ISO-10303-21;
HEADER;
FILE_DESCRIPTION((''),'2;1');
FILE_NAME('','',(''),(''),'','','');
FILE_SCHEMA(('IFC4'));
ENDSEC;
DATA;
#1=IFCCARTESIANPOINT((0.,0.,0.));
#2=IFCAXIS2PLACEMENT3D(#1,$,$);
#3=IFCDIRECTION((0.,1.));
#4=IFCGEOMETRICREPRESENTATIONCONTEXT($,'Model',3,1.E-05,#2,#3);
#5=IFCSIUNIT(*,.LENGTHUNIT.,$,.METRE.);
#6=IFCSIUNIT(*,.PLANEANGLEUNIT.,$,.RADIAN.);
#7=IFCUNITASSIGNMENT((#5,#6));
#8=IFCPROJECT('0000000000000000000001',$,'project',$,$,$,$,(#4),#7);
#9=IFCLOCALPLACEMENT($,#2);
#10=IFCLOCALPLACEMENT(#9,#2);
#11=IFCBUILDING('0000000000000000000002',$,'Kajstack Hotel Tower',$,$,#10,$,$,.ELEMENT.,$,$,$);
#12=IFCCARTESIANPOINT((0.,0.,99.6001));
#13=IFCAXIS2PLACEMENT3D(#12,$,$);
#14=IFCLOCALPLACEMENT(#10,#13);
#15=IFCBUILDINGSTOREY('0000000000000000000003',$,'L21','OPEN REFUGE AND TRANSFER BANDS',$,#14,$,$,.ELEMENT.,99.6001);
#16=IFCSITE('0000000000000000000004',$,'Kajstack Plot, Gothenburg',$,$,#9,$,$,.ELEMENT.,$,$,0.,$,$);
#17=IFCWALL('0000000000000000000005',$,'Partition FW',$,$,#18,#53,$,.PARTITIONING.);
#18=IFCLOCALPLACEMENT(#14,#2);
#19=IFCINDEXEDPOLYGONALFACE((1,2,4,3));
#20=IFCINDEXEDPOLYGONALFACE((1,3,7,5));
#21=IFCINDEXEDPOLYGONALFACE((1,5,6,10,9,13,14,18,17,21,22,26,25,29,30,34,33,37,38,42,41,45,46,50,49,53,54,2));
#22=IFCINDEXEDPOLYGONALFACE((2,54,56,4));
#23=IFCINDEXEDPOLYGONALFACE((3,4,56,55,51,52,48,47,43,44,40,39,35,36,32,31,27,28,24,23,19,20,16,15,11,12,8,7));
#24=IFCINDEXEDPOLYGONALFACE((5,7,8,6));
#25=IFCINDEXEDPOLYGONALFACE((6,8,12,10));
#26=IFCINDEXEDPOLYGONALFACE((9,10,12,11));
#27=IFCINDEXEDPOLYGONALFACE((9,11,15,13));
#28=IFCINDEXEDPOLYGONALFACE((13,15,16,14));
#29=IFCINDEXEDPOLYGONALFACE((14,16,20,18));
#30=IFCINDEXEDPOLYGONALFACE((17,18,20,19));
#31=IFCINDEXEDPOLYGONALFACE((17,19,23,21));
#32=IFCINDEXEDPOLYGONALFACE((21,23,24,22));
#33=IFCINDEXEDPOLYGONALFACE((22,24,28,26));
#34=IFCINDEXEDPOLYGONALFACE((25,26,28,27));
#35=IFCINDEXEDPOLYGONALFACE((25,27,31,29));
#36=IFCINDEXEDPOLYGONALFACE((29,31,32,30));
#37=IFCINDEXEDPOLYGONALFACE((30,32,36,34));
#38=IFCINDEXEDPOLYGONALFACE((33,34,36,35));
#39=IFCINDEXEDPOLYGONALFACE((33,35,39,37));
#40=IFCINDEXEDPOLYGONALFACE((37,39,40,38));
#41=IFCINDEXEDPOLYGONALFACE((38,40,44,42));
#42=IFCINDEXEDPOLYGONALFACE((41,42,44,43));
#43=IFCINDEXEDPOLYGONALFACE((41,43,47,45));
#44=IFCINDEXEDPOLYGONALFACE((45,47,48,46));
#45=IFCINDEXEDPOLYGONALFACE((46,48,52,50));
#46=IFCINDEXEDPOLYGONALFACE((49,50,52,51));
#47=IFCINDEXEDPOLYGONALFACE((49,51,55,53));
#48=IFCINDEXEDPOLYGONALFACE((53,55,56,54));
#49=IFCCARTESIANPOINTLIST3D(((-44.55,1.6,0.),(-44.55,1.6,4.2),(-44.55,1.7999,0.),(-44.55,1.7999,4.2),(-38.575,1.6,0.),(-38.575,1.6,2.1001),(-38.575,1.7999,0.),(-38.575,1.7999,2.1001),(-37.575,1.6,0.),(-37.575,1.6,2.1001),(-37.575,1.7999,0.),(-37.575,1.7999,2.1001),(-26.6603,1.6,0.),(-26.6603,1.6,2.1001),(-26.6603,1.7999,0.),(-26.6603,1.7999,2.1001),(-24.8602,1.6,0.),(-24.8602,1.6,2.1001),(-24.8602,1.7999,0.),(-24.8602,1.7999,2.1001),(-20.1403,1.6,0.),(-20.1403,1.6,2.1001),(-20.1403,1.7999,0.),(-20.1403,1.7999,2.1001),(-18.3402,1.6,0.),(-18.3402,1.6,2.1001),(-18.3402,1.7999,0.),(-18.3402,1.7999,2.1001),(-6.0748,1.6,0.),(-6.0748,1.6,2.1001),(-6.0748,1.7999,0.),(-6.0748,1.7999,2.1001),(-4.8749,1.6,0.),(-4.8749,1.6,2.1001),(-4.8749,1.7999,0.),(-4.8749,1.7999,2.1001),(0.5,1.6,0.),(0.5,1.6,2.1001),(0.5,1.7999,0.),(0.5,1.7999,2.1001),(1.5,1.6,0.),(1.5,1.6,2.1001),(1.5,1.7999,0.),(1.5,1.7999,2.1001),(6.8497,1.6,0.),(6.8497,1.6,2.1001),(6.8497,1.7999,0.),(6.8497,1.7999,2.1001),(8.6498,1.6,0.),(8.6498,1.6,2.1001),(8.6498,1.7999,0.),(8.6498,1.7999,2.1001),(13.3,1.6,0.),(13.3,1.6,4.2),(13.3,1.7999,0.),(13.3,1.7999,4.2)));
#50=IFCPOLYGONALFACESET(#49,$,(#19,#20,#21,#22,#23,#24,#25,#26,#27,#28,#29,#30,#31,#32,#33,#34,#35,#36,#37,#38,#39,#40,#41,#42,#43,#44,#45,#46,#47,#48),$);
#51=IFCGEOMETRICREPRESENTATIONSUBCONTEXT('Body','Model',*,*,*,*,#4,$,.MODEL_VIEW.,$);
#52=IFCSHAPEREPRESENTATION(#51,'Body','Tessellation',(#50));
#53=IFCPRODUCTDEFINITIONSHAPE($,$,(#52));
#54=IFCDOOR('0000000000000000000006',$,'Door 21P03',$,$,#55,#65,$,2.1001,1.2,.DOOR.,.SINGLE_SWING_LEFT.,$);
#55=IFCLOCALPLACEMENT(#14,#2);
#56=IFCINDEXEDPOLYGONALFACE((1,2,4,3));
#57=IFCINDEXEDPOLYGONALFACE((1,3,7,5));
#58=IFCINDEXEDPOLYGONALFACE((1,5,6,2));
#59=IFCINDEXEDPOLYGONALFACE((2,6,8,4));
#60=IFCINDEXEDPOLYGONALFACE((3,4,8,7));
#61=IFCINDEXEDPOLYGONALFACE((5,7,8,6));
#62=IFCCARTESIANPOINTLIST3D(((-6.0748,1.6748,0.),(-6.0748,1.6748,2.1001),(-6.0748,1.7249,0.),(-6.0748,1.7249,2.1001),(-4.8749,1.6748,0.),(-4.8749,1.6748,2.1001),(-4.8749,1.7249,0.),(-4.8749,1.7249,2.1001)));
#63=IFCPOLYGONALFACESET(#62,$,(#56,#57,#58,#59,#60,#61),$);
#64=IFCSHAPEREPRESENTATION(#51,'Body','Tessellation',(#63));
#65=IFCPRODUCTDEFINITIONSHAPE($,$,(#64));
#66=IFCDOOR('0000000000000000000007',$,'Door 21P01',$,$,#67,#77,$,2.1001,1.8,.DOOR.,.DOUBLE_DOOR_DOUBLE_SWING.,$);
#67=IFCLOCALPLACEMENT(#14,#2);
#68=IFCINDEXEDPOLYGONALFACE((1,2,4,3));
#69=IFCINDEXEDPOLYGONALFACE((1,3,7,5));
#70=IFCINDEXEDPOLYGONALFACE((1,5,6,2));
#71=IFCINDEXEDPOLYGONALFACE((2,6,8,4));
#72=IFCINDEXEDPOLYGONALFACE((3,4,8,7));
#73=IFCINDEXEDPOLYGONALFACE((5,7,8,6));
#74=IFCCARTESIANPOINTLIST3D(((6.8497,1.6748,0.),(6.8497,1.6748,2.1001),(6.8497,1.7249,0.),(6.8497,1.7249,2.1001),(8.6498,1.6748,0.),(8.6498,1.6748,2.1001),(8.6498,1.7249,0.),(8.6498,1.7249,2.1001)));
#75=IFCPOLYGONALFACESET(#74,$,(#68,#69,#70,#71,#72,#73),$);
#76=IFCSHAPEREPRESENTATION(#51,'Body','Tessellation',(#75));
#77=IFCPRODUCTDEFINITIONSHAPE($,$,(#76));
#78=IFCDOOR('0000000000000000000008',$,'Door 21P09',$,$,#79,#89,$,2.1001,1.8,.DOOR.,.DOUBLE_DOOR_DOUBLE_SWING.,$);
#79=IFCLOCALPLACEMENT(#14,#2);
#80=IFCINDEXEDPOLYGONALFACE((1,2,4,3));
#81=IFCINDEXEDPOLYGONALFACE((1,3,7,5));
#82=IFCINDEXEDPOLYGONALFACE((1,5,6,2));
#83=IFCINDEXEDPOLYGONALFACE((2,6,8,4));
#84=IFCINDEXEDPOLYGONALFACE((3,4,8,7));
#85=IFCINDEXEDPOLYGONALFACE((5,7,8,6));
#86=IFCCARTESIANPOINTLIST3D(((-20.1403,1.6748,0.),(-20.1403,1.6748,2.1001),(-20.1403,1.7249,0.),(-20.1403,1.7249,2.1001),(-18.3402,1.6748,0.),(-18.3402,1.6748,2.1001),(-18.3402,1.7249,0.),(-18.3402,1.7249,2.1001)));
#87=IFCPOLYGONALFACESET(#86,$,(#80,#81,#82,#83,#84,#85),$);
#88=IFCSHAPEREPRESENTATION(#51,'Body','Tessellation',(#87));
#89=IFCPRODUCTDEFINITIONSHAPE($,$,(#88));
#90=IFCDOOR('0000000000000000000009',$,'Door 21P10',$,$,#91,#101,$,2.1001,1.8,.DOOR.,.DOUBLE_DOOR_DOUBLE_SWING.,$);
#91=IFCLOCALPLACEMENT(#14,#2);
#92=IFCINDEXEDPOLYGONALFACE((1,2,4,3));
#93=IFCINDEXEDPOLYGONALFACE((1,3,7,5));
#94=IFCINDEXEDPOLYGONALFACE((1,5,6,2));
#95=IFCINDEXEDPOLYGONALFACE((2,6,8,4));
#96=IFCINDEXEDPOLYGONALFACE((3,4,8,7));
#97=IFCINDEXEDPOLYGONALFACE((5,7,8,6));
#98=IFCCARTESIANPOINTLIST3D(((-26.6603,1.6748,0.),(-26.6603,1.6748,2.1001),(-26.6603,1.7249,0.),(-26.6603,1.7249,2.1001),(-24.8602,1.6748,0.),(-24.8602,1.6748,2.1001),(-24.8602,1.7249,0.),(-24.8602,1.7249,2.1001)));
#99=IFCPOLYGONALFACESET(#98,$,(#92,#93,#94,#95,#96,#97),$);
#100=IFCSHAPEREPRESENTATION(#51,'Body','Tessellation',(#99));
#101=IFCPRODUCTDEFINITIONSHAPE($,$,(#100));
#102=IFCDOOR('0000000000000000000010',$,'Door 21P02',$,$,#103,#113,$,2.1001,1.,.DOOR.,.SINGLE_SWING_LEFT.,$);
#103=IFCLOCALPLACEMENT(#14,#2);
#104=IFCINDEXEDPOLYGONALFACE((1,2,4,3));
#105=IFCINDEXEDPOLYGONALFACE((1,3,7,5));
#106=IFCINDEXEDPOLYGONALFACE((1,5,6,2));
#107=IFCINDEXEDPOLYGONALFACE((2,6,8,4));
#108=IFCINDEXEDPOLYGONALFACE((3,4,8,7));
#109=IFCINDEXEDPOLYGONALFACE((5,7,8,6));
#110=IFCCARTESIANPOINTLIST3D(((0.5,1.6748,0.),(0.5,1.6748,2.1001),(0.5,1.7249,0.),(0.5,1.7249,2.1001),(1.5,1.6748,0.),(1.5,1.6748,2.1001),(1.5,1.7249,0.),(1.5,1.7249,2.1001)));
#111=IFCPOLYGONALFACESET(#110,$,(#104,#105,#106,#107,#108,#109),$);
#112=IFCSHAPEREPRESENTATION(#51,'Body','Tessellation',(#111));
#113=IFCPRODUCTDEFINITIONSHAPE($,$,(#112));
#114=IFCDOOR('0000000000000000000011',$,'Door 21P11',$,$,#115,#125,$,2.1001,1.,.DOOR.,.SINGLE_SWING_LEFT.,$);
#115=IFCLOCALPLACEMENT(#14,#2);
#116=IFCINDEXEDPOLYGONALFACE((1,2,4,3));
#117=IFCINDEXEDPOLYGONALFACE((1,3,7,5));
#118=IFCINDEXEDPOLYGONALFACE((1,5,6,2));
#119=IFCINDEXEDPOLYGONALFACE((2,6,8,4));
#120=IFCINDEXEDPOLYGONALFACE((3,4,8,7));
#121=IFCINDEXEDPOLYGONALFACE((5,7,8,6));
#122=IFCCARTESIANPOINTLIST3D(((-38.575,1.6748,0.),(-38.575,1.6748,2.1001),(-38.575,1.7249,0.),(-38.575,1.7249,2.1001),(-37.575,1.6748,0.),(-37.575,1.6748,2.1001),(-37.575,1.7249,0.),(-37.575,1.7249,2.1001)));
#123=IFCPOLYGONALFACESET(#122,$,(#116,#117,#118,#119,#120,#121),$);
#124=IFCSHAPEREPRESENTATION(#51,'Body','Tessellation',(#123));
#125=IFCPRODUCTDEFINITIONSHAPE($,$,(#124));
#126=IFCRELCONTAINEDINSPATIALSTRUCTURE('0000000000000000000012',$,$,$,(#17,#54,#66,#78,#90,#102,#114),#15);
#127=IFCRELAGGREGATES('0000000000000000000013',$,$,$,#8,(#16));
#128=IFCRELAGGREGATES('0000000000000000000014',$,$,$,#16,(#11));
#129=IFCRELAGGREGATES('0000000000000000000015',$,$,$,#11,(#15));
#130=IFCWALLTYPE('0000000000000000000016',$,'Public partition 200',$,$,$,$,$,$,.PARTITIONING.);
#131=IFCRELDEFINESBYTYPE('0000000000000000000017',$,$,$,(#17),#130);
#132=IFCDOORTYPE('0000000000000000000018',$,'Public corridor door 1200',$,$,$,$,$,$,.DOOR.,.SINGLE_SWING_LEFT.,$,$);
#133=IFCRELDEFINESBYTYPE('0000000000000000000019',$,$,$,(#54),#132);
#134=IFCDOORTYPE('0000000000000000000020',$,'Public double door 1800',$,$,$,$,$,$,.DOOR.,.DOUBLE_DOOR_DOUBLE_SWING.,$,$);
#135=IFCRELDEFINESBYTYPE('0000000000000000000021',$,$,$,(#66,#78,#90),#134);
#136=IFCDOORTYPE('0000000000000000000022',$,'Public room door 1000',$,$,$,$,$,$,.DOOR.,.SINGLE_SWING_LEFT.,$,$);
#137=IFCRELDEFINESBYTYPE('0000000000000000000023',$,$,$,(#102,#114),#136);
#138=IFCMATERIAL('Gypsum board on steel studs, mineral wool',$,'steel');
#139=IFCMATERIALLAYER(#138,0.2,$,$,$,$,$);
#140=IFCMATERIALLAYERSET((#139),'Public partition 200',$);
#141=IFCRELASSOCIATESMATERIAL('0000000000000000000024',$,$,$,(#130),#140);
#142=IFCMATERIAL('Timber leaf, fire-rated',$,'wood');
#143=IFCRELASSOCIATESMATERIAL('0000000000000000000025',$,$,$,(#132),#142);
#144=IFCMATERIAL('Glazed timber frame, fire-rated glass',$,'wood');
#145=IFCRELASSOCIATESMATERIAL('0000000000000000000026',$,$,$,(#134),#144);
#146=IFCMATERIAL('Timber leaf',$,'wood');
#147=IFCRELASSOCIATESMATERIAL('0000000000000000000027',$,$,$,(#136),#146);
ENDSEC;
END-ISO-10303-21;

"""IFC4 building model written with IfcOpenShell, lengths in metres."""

from ifc_helpers import new_model, si_unit, direction, frame, frame_2d, origin, place, context, subcontext, project, spatial, rectangle, extrude, material, layer, layer_set, type_object, element, fill, save


model = new_model("IFC4")

# Units and contexts
model_context = context("Model", 3, precision=1e-05, world=origin(), true_north=direction((0.0, 1.0)))
body_context = subcontext(model_context, "Body", "Model", "MODEL_VIEW")
ifc_project = project(units=[si_unit("LENGTHUNIT", "METRE"), si_unit("PLANEANGLEUNIT", "RADIAN")], contexts=[model_context])

# Site, building, storey
site_placement = place(None, origin())
site = spatial("IfcSite", under=ifc_project, at=site_placement, Name="Kajstack Plot, Gothenburg", CompositionType="ELEMENT", RefElevation=0.0)
building_placement = place(site_placement, origin())
building = spatial("IfcBuilding", under=site, at=building_placement, Name="Kajstack Hotel Tower", CompositionType="ELEMENT")
storey_placement = place(building_placement, frame((0.0, 0.0, 99.6001)))
storey = spatial("IfcBuildingStorey", under=building, at=storey_placement, Name="L21", Description="OPEN REFUGE AND TRANSFER BANDS", CompositionType="ELEMENT", Elevation=99.6001)

# Wall, openings, doors
ifc_material_1 = material(Name="Gypsum board on steel studs, mineral wool", Category="steel")
ifc_layer_1 = layer(ifc_material_1, 0.2)
ifc_layer_set_1 = layer_set([ifc_layer_1], Name="Public partition 200")
wall_type_1 = type_object("IfcWallType", Name="Public partition 200", PredefinedType="PARTITIONING", material=ifc_layer_set_1)
wall_1_placement = place(storey_placement, frame((-44.55, 1.7, 0.0), z_axis=(0.0, 0.0, 1.0), x_axis=(1.0, 0.0, 0.0)))
wall_1 = element("IfcWall", 1, at=wall_1_placement, inside=storey, type_object=wall_type_1, Name="Partition FW", PredefinedType="PARTITIONING", context=body_context, shape_type="SweptSolid", body=[
    extrude(rectangle(XDim=57.8501, YDim=0.2, at=frame_2d((28.925, 0.0))), origin(), (0.0, 0.0, 1.0), 4.2),
])
opening_1_placement = place(wall_1_placement, frame((51.3999, 0.0, 0.0)))
opening_1 = element("IfcOpeningElement", 2, at=opening_1_placement, cuts=wall_1, PredefinedType="OPENING", context=body_context, shape_type="SweptSolid", body=[
    extrude(rectangle(XDim=1.8, YDim=2.1001, at=frame_2d((0.8999, 1.05))), frame((0.0, 0.1099, 0.0), z_axis=(0.0, -1.0, 0.0), x_axis=(1.0, 0.0, 0.0)), (0.0, 0.0, 1.0), 0.22),
])
opening_2_placement = place(wall_1_placement, frame((45.05, 0.0, 0.0)))
opening_2 = element("IfcOpeningElement", 3, at=opening_2_placement, cuts=wall_1, PredefinedType="OPENING", context=body_context, shape_type="SweptSolid", body=[
    extrude(rectangle(XDim=1.0, YDim=2.1001, at=frame_2d((0.5, 1.05))), frame((0.0, 0.1099, 0.0), z_axis=(0.0, -1.0, 0.0), x_axis=(1.0, 0.0, 0.0)), (0.0, 0.0, 1.0), 0.22),
])
opening_3_placement = place(wall_1_placement, frame((38.4751, 0.0, 0.0)))
opening_3 = element("IfcOpeningElement", 4, at=opening_3_placement, cuts=wall_1, PredefinedType="OPENING", context=body_context, shape_type="SweptSolid", body=[
    extrude(rectangle(XDim=1.2, YDim=2.1001, at=frame_2d((0.6001, 1.05))), frame((0.0, 0.1099, 0.0), z_axis=(0.0, -1.0, 0.0), x_axis=(1.0, 0.0, 0.0)), (0.0, 0.0, 1.0), 0.22),
])
opening_4_placement = place(wall_1_placement, frame((24.4099, 0.0, 0.0)))
opening_4 = element("IfcOpeningElement", 5, at=opening_4_placement, cuts=wall_1, PredefinedType="OPENING", context=body_context, shape_type="SweptSolid", body=[
    extrude(rectangle(XDim=1.8, YDim=2.1001, at=frame_2d((0.8999, 1.05))), frame((0.0, 0.1099, 0.0), z_axis=(0.0, -1.0, 0.0), x_axis=(1.0, 0.0, 0.0)), (0.0, 0.0, 1.0), 0.22),
])
opening_5_placement = place(wall_1_placement, frame((17.8899, 0.0, 0.0)))
opening_5 = element("IfcOpeningElement", 6, at=opening_5_placement, cuts=wall_1, PredefinedType="OPENING", context=body_context, shape_type="SweptSolid", body=[
    extrude(rectangle(XDim=1.8, YDim=2.1001, at=frame_2d((0.8999, 1.05))), frame((0.0, 0.1099, 0.0), z_axis=(0.0, -1.0, 0.0), x_axis=(1.0, 0.0, 0.0)), (0.0, 0.0, 1.0), 0.22),
])
opening_6_placement = place(wall_1_placement, frame((5.9751, 0.0, 0.0)))
opening_6 = element("IfcOpeningElement", 7, at=opening_6_placement, cuts=wall_1, PredefinedType="OPENING", context=body_context, shape_type="SweptSolid", body=[
    extrude(rectangle(XDim=1.0, YDim=2.1001, at=frame_2d((0.5, 1.05))), frame((0.0, 0.1099, 0.0), z_axis=(0.0, -1.0, 0.0), x_axis=(1.0, 0.0, 0.0)), (0.0, 0.0, 1.0), 0.22),
])
ifc_material_2 = material(Name="Timber leaf, fire-rated", Category="wood")
door_type_1 = type_object("IfcDoorType", Name="Public corridor door 1200", OperationType="SINGLE_SWING_LEFT", PredefinedType="DOOR", material=ifc_material_2)
door_1_placement = place(opening_3_placement, origin())
door_1 = element("IfcDoor", 8, at=door_1_placement, inside=storey, type_object=door_type_1, Name="Door 21P03", OperationType="SINGLE_SWING_LEFT", OverallHeight=2.1001, OverallWidth=1.2, PredefinedType="DOOR", context=body_context, shape_type="SweptSolid", body=[
    extrude(rectangle(XDim=1.2, YDim=2.1001, at=frame_2d((0.6001, 1.05))), frame((0.0, 0.0249, 0.0), z_axis=(0.0, -1.0, 0.0), x_axis=(1.0, 0.0, 0.0)), (0.0, 0.0, 1.0), 0.05),
])
fill(opening_3, door_1)
ifc_material_3 = material(Name="Glazed timber frame, fire-rated glass", Category="wood")
door_type_2 = type_object("IfcDoorType", Name="Public double door 1800", OperationType="DOUBLE_DOOR_DOUBLE_SWING", PredefinedType="DOOR", material=ifc_material_3)
door_2_placement = place(opening_1_placement, origin())
door_2 = element("IfcDoor", 9, at=door_2_placement, inside=storey, type_object=door_type_2, Name="Door 21P01", OperationType="DOUBLE_DOOR_DOUBLE_SWING", OverallHeight=2.1001, OverallWidth=1.8, PredefinedType="DOOR", context=body_context, shape_type="SweptSolid", body=[
    extrude(rectangle(XDim=1.8, YDim=2.1001, at=frame_2d((0.8999, 1.05))), frame((0.0, 0.0249, 0.0), z_axis=(0.0, -1.0, 0.0), x_axis=(1.0, 0.0, 0.0)), (0.0, 0.0, 1.0), 0.05),
])
fill(opening_1, door_2)
door_3_placement = place(opening_4_placement, origin())
door_3 = element("IfcDoor", 10, at=door_3_placement, inside=storey, type_object=door_type_2, Name="Door 21P09", OperationType="DOUBLE_DOOR_DOUBLE_SWING", OverallHeight=2.1001, OverallWidth=1.8, PredefinedType="DOOR", context=body_context, shape_type="SweptSolid", body=[
    extrude(rectangle(XDim=1.8, YDim=2.1001, at=frame_2d((0.8999, 1.05))), frame((0.0, 0.0249, 0.0), z_axis=(0.0, -1.0, 0.0), x_axis=(1.0, 0.0, 0.0)), (0.0, 0.0, 1.0), 0.05),
])
fill(opening_4, door_3)
door_4_placement = place(opening_5_placement, origin())
door_4 = element("IfcDoor", 11, at=door_4_placement, inside=storey, type_object=door_type_2, Name="Door 21P10", OperationType="DOUBLE_DOOR_DOUBLE_SWING", OverallHeight=2.1001, OverallWidth=1.8, PredefinedType="DOOR", context=body_context, shape_type="SweptSolid", body=[
    extrude(rectangle(XDim=1.8, YDim=2.1001, at=frame_2d((0.8999, 1.05))), frame((0.0, 0.0249, 0.0), z_axis=(0.0, -1.0, 0.0), x_axis=(1.0, 0.0, 0.0)), (0.0, 0.0, 1.0), 0.05),
])
fill(opening_5, door_4)
ifc_material_4 = material(Name="Timber leaf", Category="wood")
door_type_3 = type_object("IfcDoorType", Name="Public room door 1000", OperationType="SINGLE_SWING_LEFT", PredefinedType="DOOR", material=ifc_material_4)
door_5_placement = place(opening_2_placement, origin())
door_5 = element("IfcDoor", 12, at=door_5_placement, inside=storey, type_object=door_type_3, Name="Door 21P02", OperationType="SINGLE_SWING_LEFT", OverallHeight=2.1001, OverallWidth=1.0, PredefinedType="DOOR", context=body_context, shape_type="SweptSolid", body=[
    extrude(rectangle(XDim=1.0, YDim=2.1001, at=frame_2d((0.5, 1.05))), frame((0.0, 0.0249, 0.0), z_axis=(0.0, -1.0, 0.0), x_axis=(1.0, 0.0, 0.0)), (0.0, 0.0, 1.0), 0.05),
])
fill(opening_2, door_5)
door_6_placement = place(opening_6_placement, origin())
door_6 = element("IfcDoor", 13, at=door_6_placement, inside=storey, type_object=door_type_3, Name="Door 21P11", OperationType="SINGLE_SWING_LEFT", OverallHeight=2.1001, OverallWidth=1.0, PredefinedType="DOOR", context=body_context, shape_type="SweptSolid", body=[
    extrude(rectangle(XDim=1.0, YDim=2.1001, at=frame_2d((0.5, 1.05))), frame((0.0, 0.0249, 0.0), z_axis=(0.0, -1.0, 0.0), x_axis=(1.0, 0.0, 0.0)), (0.0, 0.0, 1.0), 0.05),
])
fill(opening_6, door_6)

save(model, "model.ifc")
